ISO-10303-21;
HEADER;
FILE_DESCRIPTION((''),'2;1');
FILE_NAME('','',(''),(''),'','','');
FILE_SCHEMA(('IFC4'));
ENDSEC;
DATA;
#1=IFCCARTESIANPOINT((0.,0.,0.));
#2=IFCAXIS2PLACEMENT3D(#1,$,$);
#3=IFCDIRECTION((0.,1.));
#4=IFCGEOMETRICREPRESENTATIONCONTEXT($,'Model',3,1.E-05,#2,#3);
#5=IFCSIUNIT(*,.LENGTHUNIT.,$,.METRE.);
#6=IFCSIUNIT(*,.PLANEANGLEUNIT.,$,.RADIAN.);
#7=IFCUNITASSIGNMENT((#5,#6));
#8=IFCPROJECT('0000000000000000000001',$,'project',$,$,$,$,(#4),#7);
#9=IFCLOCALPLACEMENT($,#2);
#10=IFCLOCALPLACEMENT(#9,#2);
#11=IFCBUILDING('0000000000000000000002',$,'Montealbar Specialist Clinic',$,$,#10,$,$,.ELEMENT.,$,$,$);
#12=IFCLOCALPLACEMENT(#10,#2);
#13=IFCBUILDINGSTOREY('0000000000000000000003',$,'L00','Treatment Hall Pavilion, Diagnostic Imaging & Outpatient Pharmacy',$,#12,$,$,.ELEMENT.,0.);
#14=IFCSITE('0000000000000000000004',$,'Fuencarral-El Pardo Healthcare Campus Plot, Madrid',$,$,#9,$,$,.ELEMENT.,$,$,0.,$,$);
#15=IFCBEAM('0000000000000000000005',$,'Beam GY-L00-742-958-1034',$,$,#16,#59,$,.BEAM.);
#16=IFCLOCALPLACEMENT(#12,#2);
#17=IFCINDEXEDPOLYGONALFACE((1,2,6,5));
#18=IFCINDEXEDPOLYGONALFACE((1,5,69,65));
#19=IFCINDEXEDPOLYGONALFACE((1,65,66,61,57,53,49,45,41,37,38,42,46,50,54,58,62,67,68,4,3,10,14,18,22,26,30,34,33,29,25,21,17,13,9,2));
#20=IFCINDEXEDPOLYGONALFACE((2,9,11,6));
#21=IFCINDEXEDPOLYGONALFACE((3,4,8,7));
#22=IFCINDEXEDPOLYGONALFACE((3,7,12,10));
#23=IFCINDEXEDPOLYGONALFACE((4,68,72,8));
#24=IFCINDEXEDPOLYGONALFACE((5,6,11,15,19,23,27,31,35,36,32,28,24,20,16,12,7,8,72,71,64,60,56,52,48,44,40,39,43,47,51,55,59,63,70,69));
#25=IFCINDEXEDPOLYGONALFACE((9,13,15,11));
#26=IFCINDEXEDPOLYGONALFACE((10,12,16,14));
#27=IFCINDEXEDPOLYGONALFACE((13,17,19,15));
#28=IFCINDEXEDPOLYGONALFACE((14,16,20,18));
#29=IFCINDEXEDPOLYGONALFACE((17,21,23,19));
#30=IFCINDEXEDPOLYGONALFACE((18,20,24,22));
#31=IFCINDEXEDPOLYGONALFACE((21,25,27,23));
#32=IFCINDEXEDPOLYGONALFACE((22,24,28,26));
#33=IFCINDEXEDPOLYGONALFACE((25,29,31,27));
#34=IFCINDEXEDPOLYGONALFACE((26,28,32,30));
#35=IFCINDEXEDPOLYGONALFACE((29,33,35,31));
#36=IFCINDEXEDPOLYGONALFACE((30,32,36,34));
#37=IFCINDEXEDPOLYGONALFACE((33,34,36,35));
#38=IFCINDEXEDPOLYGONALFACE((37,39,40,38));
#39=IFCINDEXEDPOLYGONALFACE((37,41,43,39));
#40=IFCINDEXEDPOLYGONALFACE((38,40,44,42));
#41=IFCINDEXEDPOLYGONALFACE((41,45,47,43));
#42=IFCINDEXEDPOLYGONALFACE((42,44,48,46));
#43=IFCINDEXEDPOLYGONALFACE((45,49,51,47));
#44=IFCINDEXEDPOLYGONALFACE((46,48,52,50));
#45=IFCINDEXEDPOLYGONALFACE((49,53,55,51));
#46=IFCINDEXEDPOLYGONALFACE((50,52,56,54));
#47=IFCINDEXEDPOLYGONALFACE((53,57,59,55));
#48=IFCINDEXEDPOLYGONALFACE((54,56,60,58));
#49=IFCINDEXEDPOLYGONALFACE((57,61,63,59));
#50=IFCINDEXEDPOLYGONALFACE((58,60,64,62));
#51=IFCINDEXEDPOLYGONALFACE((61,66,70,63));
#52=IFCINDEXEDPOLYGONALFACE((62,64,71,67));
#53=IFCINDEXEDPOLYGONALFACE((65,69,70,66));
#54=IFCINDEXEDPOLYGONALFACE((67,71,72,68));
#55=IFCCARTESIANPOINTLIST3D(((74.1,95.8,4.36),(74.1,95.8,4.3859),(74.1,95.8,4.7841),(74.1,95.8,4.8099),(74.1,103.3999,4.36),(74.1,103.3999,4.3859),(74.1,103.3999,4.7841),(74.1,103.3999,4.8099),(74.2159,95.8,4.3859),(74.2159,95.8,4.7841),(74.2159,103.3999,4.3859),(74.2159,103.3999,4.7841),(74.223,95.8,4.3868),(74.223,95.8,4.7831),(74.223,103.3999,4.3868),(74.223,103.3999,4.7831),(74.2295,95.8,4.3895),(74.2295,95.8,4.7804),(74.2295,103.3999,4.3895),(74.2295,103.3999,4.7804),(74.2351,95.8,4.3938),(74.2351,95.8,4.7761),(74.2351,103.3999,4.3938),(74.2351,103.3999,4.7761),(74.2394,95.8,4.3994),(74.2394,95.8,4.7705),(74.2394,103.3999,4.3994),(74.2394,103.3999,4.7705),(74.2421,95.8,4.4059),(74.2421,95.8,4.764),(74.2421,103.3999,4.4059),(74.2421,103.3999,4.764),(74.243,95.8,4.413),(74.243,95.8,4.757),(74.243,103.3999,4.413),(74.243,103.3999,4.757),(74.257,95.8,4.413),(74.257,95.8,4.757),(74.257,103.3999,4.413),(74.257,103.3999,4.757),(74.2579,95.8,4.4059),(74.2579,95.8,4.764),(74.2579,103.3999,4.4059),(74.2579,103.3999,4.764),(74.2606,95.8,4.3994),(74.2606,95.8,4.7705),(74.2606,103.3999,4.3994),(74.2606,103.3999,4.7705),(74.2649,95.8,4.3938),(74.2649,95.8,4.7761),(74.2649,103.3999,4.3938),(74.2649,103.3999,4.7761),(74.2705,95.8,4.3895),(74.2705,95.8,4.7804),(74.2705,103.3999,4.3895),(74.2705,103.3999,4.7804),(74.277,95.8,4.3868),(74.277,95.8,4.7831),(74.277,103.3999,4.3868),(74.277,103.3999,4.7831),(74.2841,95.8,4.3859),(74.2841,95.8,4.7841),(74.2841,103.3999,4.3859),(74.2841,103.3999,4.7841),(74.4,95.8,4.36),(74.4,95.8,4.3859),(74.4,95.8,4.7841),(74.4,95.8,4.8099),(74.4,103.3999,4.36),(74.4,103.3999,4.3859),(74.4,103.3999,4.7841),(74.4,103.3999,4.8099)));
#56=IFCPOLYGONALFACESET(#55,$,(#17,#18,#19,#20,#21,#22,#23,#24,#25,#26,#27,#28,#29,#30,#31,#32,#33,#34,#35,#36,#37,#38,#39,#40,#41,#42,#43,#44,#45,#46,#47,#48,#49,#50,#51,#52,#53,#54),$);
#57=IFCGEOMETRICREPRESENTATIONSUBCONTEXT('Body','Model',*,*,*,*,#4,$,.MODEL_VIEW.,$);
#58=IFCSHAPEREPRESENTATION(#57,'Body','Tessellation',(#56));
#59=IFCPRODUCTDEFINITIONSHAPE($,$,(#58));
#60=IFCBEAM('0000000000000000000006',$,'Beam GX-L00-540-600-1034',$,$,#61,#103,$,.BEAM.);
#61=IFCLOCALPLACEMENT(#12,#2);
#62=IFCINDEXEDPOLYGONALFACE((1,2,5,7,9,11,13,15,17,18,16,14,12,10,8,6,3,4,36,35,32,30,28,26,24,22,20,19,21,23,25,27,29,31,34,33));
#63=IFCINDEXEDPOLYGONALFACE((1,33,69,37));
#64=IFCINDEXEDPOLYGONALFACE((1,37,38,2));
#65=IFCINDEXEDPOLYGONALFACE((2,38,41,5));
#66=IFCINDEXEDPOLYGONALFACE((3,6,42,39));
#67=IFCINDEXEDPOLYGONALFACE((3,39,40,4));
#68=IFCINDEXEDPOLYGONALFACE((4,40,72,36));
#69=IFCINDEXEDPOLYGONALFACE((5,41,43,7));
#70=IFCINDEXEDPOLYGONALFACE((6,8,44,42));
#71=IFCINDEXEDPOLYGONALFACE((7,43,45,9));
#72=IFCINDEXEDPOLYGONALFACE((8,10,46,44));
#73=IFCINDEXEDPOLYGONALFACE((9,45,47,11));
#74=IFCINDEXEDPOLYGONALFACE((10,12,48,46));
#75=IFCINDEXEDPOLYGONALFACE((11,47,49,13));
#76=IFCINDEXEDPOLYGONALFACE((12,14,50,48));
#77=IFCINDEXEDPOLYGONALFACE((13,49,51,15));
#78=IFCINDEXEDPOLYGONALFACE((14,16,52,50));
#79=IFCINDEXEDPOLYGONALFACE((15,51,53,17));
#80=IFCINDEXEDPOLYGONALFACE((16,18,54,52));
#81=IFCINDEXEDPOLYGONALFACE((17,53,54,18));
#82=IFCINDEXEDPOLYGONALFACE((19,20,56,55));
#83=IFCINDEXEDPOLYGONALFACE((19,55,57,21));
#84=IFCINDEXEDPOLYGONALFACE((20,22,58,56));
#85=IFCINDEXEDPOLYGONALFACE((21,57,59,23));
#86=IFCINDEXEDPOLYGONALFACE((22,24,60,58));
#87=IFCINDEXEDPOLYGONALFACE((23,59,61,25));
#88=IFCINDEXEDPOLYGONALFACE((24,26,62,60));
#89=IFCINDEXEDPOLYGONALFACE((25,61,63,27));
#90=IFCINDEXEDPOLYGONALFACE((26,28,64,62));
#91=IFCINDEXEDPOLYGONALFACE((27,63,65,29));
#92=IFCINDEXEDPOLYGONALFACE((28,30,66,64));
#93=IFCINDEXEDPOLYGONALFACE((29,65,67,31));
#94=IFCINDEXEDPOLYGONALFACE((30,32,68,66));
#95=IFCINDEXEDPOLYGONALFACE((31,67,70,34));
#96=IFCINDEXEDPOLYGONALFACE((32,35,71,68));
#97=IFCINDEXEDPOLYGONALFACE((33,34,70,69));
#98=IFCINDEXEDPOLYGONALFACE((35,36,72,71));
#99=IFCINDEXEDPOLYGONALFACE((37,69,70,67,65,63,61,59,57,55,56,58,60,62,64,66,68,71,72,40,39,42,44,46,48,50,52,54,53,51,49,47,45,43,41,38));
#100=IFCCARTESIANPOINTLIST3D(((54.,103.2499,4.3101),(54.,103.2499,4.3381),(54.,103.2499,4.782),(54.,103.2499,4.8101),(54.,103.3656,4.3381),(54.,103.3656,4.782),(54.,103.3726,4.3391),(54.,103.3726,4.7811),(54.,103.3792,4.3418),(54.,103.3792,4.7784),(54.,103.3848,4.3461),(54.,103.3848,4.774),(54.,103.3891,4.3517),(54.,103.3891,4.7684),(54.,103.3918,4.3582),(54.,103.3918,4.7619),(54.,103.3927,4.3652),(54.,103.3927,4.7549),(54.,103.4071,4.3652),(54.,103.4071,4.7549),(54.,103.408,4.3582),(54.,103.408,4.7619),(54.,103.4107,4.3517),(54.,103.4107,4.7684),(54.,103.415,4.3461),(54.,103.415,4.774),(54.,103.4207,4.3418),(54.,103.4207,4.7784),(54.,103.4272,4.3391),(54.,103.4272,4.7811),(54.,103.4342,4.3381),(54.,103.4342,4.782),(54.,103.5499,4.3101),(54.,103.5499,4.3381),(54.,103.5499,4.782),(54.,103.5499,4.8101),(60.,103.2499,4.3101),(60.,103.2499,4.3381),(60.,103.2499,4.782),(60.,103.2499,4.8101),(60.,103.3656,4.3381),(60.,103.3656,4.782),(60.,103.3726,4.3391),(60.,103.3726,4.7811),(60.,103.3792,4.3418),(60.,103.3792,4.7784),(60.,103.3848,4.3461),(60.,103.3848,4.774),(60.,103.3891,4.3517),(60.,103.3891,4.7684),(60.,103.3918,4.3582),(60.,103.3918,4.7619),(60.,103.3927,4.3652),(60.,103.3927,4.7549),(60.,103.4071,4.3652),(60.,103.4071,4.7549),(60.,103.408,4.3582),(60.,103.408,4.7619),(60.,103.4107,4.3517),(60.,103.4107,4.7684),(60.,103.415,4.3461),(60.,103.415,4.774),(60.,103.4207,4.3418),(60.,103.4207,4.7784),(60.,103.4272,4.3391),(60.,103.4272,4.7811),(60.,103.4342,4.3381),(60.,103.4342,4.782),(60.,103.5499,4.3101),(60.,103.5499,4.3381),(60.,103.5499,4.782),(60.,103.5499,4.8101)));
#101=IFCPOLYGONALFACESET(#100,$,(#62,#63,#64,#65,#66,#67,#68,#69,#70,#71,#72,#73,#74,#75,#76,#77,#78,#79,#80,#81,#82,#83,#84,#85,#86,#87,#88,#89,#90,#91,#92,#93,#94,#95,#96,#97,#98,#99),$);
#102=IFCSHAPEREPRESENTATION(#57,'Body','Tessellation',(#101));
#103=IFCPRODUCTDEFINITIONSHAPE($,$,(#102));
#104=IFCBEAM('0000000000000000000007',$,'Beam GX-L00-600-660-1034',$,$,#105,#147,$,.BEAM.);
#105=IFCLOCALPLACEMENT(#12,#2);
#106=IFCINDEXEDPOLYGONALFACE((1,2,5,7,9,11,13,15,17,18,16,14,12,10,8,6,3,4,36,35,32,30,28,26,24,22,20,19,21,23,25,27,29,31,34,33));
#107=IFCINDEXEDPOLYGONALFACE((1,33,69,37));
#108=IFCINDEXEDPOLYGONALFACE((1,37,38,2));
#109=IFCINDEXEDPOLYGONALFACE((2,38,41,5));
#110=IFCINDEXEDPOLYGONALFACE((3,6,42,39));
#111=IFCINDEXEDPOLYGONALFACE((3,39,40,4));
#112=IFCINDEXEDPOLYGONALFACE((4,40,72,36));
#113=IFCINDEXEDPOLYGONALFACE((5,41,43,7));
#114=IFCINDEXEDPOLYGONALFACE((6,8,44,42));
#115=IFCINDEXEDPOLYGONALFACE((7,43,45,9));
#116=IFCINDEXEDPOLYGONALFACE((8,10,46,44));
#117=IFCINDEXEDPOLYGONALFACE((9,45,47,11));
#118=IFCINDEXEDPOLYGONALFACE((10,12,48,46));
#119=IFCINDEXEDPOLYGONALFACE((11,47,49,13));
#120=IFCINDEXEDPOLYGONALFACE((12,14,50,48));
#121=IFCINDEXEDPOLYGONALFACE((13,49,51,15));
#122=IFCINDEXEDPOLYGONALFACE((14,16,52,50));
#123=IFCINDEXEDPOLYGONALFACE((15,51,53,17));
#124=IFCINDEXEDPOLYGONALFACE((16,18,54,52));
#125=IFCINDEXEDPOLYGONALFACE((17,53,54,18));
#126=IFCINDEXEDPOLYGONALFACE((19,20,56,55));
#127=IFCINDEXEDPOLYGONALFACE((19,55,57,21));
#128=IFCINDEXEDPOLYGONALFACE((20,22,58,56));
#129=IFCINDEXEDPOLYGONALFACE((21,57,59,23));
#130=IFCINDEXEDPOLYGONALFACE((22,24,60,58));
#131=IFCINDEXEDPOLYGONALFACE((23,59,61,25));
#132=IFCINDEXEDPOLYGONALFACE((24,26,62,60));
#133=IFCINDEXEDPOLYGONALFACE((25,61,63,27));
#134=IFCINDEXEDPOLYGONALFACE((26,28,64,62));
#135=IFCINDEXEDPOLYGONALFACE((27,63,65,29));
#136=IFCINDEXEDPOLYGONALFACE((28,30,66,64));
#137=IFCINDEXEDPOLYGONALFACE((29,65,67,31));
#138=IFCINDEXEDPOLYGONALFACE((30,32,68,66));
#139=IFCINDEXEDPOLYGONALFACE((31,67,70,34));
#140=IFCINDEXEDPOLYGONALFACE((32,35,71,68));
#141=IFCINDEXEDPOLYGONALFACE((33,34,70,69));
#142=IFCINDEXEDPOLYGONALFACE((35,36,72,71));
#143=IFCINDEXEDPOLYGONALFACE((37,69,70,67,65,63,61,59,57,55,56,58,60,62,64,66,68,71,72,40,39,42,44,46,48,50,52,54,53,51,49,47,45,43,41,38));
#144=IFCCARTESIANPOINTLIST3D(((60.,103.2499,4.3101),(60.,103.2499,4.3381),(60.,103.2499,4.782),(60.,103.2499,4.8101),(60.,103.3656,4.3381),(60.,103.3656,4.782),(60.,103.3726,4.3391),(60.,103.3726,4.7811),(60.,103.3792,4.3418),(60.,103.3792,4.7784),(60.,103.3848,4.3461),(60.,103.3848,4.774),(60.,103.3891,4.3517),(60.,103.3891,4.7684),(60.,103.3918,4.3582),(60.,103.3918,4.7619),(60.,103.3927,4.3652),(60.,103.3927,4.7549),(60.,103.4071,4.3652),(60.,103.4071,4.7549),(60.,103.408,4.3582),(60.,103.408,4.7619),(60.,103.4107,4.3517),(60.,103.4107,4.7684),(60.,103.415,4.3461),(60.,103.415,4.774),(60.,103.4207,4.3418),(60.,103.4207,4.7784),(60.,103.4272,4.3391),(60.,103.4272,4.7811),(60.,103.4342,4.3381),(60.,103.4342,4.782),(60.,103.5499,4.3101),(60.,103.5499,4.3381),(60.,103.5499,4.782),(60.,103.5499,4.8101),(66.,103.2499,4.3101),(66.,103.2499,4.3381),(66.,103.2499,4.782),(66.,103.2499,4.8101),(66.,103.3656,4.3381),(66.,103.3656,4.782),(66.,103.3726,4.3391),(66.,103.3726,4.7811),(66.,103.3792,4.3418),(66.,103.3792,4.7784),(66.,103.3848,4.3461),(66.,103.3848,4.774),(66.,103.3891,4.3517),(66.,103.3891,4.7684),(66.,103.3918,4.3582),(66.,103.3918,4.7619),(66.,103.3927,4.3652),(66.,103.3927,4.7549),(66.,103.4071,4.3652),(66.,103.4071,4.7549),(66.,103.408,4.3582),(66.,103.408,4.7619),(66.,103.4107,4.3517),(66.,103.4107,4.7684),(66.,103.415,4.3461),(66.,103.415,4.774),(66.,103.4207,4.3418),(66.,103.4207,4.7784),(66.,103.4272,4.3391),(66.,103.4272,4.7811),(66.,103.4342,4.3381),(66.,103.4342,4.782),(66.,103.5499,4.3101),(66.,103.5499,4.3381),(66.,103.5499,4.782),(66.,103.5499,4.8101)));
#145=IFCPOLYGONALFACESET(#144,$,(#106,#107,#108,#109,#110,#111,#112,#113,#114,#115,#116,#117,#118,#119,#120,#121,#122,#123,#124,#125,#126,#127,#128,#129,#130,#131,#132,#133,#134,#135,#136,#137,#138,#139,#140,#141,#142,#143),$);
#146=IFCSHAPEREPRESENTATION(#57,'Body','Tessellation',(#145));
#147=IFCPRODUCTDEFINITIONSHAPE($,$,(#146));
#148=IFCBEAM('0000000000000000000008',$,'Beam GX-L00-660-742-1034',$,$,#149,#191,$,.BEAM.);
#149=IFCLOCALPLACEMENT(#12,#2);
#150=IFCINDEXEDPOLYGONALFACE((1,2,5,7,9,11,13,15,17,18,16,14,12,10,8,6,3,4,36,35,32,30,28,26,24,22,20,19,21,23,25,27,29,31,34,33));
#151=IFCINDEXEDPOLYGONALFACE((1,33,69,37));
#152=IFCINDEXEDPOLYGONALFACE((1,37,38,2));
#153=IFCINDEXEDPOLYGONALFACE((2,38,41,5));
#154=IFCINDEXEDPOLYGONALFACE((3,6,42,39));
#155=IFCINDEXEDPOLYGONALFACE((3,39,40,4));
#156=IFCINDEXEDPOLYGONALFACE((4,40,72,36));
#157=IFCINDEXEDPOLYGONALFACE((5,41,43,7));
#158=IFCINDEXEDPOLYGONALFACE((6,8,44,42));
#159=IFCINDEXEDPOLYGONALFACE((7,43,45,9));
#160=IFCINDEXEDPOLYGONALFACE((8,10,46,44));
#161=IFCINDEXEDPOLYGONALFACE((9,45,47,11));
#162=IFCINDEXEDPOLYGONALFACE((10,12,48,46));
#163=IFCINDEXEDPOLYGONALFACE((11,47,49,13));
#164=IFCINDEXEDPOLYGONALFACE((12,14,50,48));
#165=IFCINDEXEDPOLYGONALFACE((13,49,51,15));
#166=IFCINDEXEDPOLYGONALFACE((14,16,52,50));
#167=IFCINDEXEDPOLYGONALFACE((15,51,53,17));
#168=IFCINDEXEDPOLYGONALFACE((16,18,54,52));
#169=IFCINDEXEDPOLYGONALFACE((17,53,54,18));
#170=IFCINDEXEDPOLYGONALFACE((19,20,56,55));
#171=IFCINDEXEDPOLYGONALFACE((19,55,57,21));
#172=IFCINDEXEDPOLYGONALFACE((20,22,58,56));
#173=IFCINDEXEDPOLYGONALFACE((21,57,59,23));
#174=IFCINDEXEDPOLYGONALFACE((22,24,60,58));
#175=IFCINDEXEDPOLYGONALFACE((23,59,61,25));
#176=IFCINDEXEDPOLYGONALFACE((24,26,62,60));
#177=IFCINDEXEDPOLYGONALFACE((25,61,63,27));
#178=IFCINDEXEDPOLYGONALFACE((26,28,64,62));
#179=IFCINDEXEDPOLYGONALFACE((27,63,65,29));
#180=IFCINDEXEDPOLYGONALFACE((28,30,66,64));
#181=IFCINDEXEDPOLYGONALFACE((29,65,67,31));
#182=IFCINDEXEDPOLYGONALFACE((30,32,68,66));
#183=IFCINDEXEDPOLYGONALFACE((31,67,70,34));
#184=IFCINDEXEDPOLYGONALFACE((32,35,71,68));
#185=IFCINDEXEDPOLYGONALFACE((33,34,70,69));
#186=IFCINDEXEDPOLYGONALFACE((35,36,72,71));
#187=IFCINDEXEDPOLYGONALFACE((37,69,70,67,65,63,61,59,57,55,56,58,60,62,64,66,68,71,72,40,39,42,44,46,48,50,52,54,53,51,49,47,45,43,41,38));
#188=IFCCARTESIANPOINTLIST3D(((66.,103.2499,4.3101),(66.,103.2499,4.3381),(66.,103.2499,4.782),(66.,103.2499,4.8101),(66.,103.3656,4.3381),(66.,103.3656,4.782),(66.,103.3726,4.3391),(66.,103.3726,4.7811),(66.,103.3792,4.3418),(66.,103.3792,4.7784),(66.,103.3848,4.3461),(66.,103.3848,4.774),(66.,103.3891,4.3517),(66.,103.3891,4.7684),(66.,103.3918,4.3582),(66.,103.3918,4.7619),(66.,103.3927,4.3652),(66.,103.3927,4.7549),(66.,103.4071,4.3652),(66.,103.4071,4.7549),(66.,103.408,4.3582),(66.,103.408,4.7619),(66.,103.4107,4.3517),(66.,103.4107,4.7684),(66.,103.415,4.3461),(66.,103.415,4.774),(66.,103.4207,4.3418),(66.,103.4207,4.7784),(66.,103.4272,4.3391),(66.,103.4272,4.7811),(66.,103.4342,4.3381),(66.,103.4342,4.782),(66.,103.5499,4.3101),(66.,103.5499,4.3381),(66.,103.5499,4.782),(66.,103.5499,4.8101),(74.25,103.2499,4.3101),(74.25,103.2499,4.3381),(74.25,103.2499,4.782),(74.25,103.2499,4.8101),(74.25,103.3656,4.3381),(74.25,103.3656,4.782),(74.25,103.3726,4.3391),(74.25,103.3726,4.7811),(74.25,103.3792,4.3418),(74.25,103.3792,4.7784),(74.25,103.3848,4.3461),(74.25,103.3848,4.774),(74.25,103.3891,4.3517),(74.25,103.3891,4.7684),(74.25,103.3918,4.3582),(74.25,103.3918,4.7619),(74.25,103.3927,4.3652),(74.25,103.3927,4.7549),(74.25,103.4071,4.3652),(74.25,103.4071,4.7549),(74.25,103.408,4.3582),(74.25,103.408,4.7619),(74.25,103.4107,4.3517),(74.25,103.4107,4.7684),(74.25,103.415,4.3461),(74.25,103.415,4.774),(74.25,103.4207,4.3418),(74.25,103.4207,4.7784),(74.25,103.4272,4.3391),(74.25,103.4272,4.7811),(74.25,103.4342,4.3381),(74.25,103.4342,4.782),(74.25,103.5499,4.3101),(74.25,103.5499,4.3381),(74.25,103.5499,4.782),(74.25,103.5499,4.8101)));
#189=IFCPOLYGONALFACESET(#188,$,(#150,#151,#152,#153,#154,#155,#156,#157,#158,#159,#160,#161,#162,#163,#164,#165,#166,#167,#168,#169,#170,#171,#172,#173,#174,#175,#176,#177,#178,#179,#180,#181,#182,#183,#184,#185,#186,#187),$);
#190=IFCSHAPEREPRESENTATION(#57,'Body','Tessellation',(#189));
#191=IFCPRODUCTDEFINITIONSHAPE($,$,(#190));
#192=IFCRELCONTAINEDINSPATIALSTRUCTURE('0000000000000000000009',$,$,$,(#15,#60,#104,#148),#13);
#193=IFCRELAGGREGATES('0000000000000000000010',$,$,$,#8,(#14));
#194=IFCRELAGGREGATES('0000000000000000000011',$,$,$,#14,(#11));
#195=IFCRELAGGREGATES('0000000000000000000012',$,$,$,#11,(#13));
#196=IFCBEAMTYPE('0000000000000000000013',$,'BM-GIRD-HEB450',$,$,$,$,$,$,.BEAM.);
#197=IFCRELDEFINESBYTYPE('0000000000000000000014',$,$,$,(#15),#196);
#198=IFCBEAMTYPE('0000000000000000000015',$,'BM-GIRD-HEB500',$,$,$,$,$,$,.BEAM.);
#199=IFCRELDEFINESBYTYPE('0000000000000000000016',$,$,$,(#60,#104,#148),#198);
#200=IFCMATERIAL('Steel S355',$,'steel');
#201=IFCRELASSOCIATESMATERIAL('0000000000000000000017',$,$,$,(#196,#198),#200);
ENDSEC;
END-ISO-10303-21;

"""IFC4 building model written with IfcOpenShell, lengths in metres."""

from ifc_helpers import new_model, si_unit, direction, frame, origin, origin_2d, place, context, subcontext, project, spatial, i_section, extrude, material, material_profile, profile_set, type_object, element, save


model = new_model("IFC4")

# Units and contexts
model_context = context("Model", 3, precision=1e-05, world=origin(), true_north=direction((0.0, 1.0)))
body_context = subcontext(model_context, "Body", "Model", "MODEL_VIEW")
ifc_project = project(units=[si_unit("LENGTHUNIT", "METRE"), si_unit("PLANEANGLEUNIT", "RADIAN")], contexts=[model_context])

# Site, building, storey
site_placement = place(None, origin())
site = spatial("IfcSite", under=ifc_project, at=site_placement, Name="Fuencarral-El Pardo Healthcare Campus Plot, Madrid", CompositionType="ELEMENT", RefElevation=0.0)
building_placement = place(site_placement, origin())
building = spatial("IfcBuilding", under=site, at=building_placement, Name="Montealbar Specialist Clinic", CompositionType="ELEMENT")
storey_placement = place(building_placement, origin())
storey = spatial("IfcBuildingStorey", under=building, at=storey_placement, Name="L00", Description="Treatment Hall Pavilion, Diagnostic Imaging & Outpatient Pharmacy", CompositionType="ELEMENT", Elevation=0.0)

# Shared definitions
ifc_material_1 = material(Name="Steel S355", Category="steel")

# Beams
ifc_material_profile_1 = material_profile(ifc_material_1, i_section(OverallWidth=0.3, OverallDepth=0.45, WebThickness=0.0139, FlangeThickness=0.0259, FilletRadius=0.0271, at=origin_2d()), Name="HEB 450", Category="steel")
ifc_profile_set_1 = profile_set([ifc_material_profile_1], Name="Steel S355")
beam_type_1 = type_object("IfcBeamType", Name="BM-GIRD-HEB450", PredefinedType="BEAM", material=ifc_profile_set_1)
for number, where, z_axis, x_axis, name in (
    (1, (74.25, 95.8, 4.585), (0.0, 1.0, 0.0), (-1.0, 0.0, 0.0), "Beam GY-L00-742-958-1034"),
):
    element("IfcBeam", number, at=place(storey_placement, frame(where, z_axis=z_axis, x_axis=x_axis)), inside=storey, type_object=beam_type_1, Name=name, PredefinedType="BEAM", context=body_context, shape_type="SweptSolid", body=[
        extrude(i_section(OverallWidth=0.3, OverallDepth=0.45, WebThickness=0.0139, FlangeThickness=0.0259, FilletRadius=0.0271, at=origin_2d()), origin(), (0.0, 0.0, 1.0), 7.5999),
    ])
ifc_material_profile_2 = material_profile(ifc_material_1, i_section(OverallWidth=0.3, OverallDepth=0.5, WebThickness=0.0144, FlangeThickness=0.0281, FilletRadius=0.0271, at=origin_2d()), Name="HEB 500", Category="steel")
ifc_profile_set_2 = profile_set([ifc_material_profile_2], Name="Steel S355")
beam_type_2 = type_object("IfcBeamType", Name="BM-GIRD-HEB500", PredefinedType="BEAM", material=ifc_profile_set_2)
for number, where, z_axis, x_axis, name in (
    (2, (54.0, 103.3999, 4.5601), (1.0, 0.0, 0.0), (0.0, 1.0, 0.0), "Beam GX-L00-540-600-1034"),
    (3, (60.0, 103.3999, 4.5601), (1.0, 0.0, 0.0), (0.0, 1.0, 0.0), "Beam GX-L00-600-660-1034"),
):
    element("IfcBeam", number, at=place(storey_placement, frame(where, z_axis=z_axis, x_axis=x_axis)), inside=storey, type_object=beam_type_2, Name=name, PredefinedType="BEAM", context=body_context, shape_type="SweptSolid", body=[
        extrude(i_section(OverallWidth=0.3, OverallDepth=0.5, WebThickness=0.0144, FlangeThickness=0.0281, FilletRadius=0.0271, at=origin_2d()), origin(), (0.0, 0.0, 1.0), 6.0),
    ])
beam_1_placement = place(storey_placement, frame((66.0, 103.3999, 4.5601), z_axis=(1.0, 0.0, 0.0), x_axis=(0.0, 1.0, 0.0)))
element("IfcBeam", 4, at=beam_1_placement, inside=storey, type_object=beam_type_2, Name="Beam GX-L00-660-742-1034", PredefinedType="BEAM", context=body_context, shape_type="SweptSolid", body=[
    extrude(i_section(OverallWidth=0.3, OverallDepth=0.5, WebThickness=0.0144, FlangeThickness=0.0281, FilletRadius=0.0271, at=origin_2d()), origin(), (0.0, 0.0, 1.0), 8.25),
])

save(model, "model.ifc")
